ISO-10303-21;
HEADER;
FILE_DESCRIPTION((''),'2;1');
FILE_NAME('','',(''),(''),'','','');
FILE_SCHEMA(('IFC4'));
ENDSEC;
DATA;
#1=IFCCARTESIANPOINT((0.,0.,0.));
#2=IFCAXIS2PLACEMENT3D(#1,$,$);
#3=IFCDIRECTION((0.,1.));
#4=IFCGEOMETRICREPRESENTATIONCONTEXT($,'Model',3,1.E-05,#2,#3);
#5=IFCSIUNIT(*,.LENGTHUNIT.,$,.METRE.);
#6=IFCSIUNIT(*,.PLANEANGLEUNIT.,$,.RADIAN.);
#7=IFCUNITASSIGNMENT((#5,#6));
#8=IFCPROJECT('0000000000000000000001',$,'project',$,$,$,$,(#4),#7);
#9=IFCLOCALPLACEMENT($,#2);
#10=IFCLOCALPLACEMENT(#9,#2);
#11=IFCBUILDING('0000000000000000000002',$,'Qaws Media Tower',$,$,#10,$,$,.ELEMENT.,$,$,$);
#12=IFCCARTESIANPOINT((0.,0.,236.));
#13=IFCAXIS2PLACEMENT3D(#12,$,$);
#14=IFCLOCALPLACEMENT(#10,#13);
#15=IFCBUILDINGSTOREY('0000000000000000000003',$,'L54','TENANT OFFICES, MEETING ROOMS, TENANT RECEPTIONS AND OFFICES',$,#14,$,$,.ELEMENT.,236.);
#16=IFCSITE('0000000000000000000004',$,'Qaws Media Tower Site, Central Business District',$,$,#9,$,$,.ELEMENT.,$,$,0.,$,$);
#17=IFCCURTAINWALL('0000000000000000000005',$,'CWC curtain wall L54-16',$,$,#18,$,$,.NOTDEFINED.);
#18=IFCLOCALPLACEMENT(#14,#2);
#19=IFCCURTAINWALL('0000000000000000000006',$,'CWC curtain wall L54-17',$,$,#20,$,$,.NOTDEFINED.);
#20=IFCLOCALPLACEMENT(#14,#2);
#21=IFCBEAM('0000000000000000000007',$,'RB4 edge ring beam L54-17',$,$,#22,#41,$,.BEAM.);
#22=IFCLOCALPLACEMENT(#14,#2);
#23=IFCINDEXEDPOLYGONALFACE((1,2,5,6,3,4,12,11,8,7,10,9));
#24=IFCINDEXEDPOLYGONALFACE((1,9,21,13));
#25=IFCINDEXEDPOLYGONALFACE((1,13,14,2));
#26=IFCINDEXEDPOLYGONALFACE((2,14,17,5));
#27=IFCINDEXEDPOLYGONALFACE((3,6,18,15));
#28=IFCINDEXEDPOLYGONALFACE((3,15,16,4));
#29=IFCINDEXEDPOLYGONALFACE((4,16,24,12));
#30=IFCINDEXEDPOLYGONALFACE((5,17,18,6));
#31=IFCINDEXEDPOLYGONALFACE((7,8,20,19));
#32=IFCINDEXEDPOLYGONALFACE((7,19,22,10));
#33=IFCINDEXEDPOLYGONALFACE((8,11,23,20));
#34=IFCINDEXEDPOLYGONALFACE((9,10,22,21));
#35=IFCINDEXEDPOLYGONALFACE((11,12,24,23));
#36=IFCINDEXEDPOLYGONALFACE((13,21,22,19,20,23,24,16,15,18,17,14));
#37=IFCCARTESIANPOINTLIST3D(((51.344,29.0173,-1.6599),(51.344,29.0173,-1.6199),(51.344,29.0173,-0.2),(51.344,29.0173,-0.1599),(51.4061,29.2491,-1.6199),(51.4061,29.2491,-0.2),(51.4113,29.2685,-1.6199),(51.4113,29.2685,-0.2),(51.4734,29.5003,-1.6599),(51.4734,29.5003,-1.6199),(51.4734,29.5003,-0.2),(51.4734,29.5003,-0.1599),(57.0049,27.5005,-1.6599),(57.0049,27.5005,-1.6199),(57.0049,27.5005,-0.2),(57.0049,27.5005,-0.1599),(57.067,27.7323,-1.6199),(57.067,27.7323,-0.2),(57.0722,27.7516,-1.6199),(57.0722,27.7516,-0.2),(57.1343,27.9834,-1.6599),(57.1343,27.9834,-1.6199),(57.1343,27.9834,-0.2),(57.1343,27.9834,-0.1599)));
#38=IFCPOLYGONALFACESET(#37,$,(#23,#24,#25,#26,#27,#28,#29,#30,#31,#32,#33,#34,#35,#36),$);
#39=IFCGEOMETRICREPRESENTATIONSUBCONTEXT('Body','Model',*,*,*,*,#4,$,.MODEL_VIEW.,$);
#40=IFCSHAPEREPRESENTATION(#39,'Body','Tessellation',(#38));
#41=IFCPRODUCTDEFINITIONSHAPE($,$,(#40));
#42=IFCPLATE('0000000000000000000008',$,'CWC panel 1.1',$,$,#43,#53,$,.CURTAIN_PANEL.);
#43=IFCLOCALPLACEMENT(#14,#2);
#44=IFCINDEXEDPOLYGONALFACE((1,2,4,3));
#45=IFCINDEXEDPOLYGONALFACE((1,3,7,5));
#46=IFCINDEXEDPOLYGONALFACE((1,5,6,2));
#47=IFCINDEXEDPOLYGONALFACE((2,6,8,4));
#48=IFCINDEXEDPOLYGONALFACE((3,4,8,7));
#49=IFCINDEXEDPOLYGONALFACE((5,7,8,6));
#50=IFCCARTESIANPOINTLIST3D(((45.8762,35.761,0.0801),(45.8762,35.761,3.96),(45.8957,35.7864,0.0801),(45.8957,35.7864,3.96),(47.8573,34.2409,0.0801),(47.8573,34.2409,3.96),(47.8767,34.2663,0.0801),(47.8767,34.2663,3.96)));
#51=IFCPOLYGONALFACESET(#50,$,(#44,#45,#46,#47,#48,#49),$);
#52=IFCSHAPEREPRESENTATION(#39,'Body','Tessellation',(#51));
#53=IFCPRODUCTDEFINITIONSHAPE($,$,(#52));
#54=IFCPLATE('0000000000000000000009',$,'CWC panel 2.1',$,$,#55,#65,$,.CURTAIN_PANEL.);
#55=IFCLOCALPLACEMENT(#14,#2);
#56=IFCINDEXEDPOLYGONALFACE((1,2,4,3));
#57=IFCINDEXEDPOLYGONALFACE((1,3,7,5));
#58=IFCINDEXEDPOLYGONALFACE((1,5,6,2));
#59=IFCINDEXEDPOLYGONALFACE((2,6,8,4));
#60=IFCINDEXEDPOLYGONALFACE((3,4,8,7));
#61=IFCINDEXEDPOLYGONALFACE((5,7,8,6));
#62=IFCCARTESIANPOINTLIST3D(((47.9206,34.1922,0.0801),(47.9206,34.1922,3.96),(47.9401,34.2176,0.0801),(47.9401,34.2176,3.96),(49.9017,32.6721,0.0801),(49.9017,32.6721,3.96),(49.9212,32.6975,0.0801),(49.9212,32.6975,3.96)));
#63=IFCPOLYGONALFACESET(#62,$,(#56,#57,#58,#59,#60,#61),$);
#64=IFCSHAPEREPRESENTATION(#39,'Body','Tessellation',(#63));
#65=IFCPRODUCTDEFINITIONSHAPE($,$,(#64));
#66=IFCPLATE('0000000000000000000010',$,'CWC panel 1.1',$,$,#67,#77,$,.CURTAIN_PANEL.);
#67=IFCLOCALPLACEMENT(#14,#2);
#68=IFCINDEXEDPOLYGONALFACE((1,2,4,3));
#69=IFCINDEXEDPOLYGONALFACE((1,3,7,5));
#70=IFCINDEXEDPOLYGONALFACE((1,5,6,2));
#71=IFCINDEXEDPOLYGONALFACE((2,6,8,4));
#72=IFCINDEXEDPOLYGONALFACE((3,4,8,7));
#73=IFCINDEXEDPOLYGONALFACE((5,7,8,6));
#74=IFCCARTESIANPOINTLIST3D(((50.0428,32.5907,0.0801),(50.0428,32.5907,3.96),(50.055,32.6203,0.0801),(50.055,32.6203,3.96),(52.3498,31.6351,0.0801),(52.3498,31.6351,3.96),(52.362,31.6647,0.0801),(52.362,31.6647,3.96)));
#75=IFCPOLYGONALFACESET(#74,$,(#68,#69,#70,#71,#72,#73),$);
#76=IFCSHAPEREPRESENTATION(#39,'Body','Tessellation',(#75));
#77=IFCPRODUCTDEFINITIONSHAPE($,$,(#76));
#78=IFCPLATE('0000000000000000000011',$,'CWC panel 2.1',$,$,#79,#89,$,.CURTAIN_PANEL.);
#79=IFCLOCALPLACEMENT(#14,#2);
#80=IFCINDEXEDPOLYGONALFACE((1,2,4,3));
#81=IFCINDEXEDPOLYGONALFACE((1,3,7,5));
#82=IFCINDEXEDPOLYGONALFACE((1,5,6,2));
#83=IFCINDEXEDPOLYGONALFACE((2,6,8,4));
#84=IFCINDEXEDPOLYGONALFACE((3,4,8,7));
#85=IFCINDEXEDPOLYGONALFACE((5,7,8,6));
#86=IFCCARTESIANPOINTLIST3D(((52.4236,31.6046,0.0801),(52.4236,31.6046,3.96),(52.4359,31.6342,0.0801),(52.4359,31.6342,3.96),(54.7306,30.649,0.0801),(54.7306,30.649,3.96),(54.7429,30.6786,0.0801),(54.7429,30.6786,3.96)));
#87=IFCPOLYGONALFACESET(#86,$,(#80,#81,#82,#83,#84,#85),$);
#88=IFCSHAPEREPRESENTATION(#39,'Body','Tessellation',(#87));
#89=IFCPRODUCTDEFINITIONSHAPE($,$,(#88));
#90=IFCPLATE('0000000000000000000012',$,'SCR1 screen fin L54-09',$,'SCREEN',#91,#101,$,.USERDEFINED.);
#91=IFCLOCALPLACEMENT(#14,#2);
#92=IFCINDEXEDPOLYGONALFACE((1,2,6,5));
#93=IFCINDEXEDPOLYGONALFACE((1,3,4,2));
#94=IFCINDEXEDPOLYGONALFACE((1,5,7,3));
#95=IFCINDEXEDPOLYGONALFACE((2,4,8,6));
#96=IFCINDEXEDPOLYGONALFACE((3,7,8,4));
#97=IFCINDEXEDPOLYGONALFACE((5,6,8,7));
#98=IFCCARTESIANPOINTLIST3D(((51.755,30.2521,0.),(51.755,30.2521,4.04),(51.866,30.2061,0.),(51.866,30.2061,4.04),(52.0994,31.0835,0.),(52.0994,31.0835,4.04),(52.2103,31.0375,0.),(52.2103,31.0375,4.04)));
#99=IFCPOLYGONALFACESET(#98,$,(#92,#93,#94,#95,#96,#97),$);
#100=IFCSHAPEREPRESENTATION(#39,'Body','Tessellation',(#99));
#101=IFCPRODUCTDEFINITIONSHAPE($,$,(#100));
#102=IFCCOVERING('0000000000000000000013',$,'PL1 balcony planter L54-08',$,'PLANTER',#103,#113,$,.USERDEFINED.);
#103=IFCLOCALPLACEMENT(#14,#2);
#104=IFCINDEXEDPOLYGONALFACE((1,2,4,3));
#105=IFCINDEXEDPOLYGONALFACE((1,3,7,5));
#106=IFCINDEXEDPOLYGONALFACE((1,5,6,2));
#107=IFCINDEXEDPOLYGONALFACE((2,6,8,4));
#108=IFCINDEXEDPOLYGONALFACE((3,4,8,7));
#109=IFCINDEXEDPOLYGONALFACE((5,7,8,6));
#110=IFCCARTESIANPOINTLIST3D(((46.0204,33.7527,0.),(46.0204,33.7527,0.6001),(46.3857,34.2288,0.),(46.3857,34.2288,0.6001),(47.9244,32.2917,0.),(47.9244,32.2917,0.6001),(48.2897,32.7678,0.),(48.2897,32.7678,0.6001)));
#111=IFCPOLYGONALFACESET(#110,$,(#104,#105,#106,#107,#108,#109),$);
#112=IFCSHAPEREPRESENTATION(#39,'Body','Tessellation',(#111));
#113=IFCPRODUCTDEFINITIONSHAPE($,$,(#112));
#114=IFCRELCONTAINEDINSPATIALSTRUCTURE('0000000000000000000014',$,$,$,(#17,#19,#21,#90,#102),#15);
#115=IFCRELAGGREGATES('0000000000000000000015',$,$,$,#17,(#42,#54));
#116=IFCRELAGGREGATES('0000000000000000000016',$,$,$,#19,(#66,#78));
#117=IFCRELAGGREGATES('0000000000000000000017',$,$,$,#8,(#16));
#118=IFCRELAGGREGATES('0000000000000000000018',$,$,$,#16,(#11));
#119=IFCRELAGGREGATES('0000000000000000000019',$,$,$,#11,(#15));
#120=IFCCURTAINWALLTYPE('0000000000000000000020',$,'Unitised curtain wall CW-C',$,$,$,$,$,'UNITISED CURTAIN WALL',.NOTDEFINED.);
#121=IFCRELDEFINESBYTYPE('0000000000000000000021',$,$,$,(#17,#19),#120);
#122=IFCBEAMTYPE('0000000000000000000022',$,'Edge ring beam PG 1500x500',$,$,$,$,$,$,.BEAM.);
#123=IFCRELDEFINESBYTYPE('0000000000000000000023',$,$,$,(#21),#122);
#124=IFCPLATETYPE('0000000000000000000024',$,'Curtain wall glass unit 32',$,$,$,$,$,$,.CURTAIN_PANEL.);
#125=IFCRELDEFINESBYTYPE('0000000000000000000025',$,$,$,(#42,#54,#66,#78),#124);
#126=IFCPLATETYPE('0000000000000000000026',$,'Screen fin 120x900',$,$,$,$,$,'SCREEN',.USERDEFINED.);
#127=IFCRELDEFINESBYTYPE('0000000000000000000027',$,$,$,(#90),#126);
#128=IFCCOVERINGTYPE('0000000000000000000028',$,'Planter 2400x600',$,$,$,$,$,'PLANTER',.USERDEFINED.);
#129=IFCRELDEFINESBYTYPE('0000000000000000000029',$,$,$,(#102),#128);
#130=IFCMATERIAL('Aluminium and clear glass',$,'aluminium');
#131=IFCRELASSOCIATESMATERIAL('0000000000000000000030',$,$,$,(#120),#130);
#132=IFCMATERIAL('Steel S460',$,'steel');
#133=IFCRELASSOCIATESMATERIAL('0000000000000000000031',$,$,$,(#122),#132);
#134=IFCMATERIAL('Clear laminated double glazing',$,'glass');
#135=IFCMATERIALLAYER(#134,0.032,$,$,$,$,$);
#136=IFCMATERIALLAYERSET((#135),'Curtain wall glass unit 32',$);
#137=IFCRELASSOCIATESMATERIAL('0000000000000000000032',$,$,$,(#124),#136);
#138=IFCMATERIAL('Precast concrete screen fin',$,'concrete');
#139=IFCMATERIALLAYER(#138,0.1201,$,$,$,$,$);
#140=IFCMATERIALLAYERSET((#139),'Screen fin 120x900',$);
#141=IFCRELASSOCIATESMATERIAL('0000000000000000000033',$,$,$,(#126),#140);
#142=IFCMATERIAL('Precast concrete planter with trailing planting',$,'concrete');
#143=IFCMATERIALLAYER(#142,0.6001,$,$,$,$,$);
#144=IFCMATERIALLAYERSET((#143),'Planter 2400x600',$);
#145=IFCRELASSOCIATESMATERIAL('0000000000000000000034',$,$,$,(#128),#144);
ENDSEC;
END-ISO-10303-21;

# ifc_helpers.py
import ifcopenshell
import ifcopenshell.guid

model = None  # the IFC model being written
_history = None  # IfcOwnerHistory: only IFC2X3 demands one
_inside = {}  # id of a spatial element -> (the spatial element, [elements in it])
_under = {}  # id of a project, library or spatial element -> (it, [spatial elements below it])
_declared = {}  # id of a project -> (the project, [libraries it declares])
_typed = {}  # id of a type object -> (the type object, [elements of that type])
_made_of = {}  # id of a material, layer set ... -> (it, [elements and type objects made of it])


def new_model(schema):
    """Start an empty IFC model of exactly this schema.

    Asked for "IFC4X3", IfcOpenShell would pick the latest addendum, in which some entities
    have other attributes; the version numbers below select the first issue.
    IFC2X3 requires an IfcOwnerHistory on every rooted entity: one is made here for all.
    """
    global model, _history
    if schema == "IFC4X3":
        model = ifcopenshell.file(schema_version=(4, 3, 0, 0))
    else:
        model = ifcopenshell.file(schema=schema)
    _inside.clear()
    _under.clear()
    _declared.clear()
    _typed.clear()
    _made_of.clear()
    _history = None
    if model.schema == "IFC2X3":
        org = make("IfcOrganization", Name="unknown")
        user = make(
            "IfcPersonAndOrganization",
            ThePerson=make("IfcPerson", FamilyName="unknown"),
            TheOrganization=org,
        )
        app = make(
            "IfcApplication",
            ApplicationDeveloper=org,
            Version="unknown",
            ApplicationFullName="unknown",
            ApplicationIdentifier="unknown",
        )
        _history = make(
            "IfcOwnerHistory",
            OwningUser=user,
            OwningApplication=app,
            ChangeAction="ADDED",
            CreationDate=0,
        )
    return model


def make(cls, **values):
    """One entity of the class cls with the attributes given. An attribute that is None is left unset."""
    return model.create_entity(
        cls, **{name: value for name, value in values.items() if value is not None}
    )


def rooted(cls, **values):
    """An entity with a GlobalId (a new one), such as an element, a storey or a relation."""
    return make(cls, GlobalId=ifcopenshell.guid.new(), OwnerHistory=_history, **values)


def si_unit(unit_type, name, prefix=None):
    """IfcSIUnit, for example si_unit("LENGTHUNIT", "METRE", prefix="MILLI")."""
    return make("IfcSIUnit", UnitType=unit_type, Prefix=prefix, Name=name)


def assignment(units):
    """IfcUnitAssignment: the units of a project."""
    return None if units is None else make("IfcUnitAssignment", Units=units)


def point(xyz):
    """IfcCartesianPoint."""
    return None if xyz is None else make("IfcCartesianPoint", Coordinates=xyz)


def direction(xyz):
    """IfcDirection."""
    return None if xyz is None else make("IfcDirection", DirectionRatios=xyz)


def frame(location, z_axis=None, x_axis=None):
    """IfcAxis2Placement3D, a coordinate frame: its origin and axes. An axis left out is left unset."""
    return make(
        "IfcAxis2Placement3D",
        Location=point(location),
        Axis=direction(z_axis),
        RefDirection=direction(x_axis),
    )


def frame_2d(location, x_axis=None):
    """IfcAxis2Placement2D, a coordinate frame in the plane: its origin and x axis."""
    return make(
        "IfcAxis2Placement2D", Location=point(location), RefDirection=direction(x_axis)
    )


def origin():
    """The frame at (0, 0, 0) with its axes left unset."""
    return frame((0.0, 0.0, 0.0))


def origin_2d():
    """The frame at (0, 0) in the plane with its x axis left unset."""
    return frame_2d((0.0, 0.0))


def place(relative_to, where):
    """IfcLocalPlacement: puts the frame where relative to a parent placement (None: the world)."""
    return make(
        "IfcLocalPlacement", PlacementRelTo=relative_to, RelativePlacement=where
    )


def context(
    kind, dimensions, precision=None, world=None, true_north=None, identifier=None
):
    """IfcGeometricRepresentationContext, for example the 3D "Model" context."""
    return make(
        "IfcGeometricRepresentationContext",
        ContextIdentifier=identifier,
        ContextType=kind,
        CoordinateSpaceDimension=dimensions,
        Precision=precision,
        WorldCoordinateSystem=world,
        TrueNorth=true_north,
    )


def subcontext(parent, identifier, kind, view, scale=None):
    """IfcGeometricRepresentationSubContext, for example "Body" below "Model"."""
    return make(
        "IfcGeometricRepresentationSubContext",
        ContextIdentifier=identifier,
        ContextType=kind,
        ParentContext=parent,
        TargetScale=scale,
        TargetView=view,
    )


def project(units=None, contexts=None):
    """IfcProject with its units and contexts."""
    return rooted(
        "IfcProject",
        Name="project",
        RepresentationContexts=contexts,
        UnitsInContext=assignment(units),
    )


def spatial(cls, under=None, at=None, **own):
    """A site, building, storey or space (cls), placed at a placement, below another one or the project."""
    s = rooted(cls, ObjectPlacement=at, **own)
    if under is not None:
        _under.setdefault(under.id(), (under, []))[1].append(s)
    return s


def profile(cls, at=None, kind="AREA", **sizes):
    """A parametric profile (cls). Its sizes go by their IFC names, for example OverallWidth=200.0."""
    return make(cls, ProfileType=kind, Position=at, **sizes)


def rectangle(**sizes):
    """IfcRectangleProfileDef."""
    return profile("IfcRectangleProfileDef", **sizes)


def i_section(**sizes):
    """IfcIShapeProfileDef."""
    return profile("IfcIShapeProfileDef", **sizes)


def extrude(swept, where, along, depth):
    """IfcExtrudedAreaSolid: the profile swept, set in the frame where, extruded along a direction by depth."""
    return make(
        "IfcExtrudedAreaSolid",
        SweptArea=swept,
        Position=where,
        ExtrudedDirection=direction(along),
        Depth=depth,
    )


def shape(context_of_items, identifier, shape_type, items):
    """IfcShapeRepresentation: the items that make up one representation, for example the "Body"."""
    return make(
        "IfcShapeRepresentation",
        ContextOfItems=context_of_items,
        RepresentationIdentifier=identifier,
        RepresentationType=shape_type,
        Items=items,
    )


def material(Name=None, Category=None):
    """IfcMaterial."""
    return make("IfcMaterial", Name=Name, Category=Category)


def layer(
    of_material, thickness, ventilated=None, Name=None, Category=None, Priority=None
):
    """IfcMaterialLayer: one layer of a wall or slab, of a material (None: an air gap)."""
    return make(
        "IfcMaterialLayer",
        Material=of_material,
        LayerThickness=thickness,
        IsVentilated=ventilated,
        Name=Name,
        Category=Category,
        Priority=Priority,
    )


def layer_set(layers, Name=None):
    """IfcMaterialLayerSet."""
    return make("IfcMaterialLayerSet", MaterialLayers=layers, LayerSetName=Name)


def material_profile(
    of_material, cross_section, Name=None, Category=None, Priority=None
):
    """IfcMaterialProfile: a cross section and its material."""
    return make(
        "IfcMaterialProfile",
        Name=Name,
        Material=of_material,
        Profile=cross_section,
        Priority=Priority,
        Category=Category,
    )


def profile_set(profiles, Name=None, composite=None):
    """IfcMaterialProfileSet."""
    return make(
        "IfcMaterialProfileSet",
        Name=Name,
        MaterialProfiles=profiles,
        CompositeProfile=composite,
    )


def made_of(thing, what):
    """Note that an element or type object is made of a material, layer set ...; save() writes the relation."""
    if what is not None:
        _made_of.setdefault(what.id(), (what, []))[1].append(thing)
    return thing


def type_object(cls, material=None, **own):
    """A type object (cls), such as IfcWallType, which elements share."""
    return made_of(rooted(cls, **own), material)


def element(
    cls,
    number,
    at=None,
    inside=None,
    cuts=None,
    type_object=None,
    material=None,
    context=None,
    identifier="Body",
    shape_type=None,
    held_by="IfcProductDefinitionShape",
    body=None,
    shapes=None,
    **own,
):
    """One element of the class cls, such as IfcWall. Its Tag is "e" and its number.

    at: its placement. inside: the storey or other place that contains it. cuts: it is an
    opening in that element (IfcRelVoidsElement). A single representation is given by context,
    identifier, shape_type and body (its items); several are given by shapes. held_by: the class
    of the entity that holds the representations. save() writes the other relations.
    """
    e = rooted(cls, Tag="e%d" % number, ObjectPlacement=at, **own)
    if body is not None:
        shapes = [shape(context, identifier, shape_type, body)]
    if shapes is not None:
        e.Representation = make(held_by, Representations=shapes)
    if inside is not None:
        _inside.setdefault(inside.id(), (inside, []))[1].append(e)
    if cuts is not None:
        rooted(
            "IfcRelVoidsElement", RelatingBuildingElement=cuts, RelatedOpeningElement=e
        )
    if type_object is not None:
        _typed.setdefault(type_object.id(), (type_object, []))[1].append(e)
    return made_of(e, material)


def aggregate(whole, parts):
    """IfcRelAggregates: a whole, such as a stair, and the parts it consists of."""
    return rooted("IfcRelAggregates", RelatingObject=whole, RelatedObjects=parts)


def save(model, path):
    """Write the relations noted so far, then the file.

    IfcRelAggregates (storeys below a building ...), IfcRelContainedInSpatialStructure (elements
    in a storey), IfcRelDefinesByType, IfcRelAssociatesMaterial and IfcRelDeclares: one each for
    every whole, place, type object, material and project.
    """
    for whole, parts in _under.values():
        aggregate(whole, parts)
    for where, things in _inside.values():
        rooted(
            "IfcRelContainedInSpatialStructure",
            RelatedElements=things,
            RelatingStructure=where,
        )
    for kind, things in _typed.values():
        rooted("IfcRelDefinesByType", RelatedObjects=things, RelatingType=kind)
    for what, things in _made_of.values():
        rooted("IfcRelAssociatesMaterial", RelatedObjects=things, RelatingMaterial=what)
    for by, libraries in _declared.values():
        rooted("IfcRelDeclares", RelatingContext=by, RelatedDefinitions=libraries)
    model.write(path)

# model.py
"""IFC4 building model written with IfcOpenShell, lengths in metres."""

from ifc_helpers import new_model, si_unit, direction, frame, origin, origin_2d, place, context, subcontext, project, spatial, rectangle, i_section, extrude, material, layer, layer_set, material_profile, profile_set, type_object, element, aggregate, save


model = new_model("IFC4")

# Units and contexts
model_context = context("Model", 3, precision=1e-05, world=origin(), true_north=direction((0.0, 1.0)))
body_context = subcontext(model_context, "Body", "Model", "MODEL_VIEW")
ifc_project = project(units=[si_unit("LENGTHUNIT", "METRE"), si_unit("PLANEANGLEUNIT", "RADIAN")], contexts=[model_context])

# Site, building, storey
site_placement = place(None, origin())
site = spatial("IfcSite", under=ifc_project, at=site_placement, Name="Qaws Media Tower Site, Central Business District", CompositionType="ELEMENT", RefElevation=0.0)
building_placement = place(site_placement, origin())
building = spatial("IfcBuilding", under=site, at=building_placement, Name="Qaws Media Tower", CompositionType="ELEMENT")
storey_placement = place(building_placement, frame((0.0, 0.0, 236.0)))
storey = spatial("IfcBuildingStorey", under=building, at=storey_placement, Name="L54", Description="TENANT OFFICES, MEETING ROOMS, TENANT RECEPTIONS AND OFFICES", CompositionType="ELEMENT", Elevation=236.0)

# Curtain walls
ifc_material_1 = material(Name="Aluminium and clear glass", Category="aluminium")
curtain_wall_type = type_object("IfcCurtainWallType", Name="Unitised curtain wall CW-C", ElementType="UNITISED CURTAIN WALL", PredefinedType="NOTDEFINED", material=ifc_material_1)
curtain_wall_1_placement = place(storey_placement, origin())
curtain_wall_1 = element("IfcCurtainWall", 1, at=curtain_wall_1_placement, inside=storey, type_object=curtain_wall_type, Name="CWC curtain wall L54-16", PredefinedType="NOTDEFINED")
curtain_wall_2_placement = place(storey_placement, origin())
curtain_wall_2 = element("IfcCurtainWall", 2, at=curtain_wall_2_placement, inside=storey, type_object=curtain_wall_type, Name="CWC curtain wall L54-17", PredefinedType="NOTDEFINED")

# Beam
ifc_material_2 = material(Name="Steel S460", Category="steel")
ifc_material_profile_1 = material_profile(ifc_material_2, i_section(OverallWidth=0.5, OverallDepth=1.5, WebThickness=0.02, FlangeThickness=0.04, at=origin_2d()), Name="PG 1500x500")
ifc_profile_set_1 = profile_set([ifc_material_profile_1], Name="Steel S460")
beam_type = type_object("IfcBeamType", Name="Edge ring beam PG 1500x500", PredefinedType="BEAM", material=ifc_profile_set_1)
for number, where, z_axis, x_axis, name in (
    (3, (51.4087, 29.2588, -0.9099), (0.965925, -0.258821, 0.0), (0.258821, 0.965925, 0.0), "RB4 edge ring beam L54-17"),
):
    element("IfcBeam", number, at=place(storey_placement, frame(where, z_axis=z_axis, x_axis=x_axis)), inside=storey, type_object=beam_type, Name=name, PredefinedType="BEAM", context=body_context, shape_type="SweptSolid", body=[
        extrude(i_section(OverallWidth=0.5, OverallDepth=1.5, WebThickness=0.02, FlangeThickness=0.04, at=origin_2d()), origin(), (0.0, 0.0, 1.0), 5.8606),
    ])

# Plates
ifc_material_3 = material(Name="Clear laminated double glazing", Category="glass")
ifc_layer_1 = layer(ifc_material_3, 0.032)
ifc_layer_set_1 = layer_set([ifc_layer_1], Name="Curtain wall glass unit 32")
plate_type_1 = type_object("IfcPlateType", Name="Curtain wall glass unit 32", PredefinedType="CURTAIN_PANEL", material=ifc_layer_set_1)
plate_1_placement = place(storey_placement, frame((46.8765, 35.0137, 0.0801), z_axis=(0.0, 0.0, 1.0), x_axis=(0.793353, -0.608761, 0.0)))
plate_1 = element("IfcPlate", 4, at=plate_1_placement, type_object=plate_type_1, Name="CWC panel 1.1", PredefinedType="CURTAIN_PANEL", context=body_context, shape_type="SweptSolid", body=[
    extrude(rectangle(XDim=2.4971, YDim=0.032, at=origin_2d()), origin(), (0.0, 0.0, 1.0), 3.8799),
])
plate_2_placement = place(storey_placement, frame((48.9209, 33.4448, 0.0801), z_axis=(0.0, 0.0, 1.0), x_axis=(0.793353, -0.608761, 0.0)))
plate_2 = element("IfcPlate", 5, at=plate_2_placement, type_object=plate_type_1, Name="CWC panel 2.1", PredefinedType="CURTAIN_PANEL", context=body_context, shape_type="SweptSolid", body=[
    extrude(rectangle(XDim=2.4971, YDim=0.032, at=origin_2d()), origin(), (0.0, 0.0, 1.0), 3.8799),
])
aggregate(curtain_wall_1, [plate_1, plate_2])
plate_3_placement = place(storey_placement, frame((51.2024, 32.1277, 0.0801), z_axis=(0.0, 0.0, 1.0), x_axis=(0.923879, -0.382684, 0.0)))
plate_3 = element("IfcPlate", 6, at=plate_3_placement, type_object=plate_type_1, Name="CWC panel 1.1", PredefinedType="CURTAIN_PANEL", context=body_context, shape_type="SweptSolid", body=[
    extrude(rectangle(XDim=2.4971, YDim=0.032, at=origin_2d()), origin(), (0.0, 0.0, 1.0), 3.8799),
])
plate_4_placement = place(storey_placement, frame((53.5833, 31.1416, 0.0801), z_axis=(0.0, 0.0, 1.0), x_axis=(0.923879, -0.382684, 0.0)))
plate_4 = element("IfcPlate", 7, at=plate_4_placement, type_object=plate_type_1, Name="CWC panel 2.1", PredefinedType="CURTAIN_PANEL", context=body_context, shape_type="SweptSolid", body=[
    extrude(rectangle(XDim=2.4971, YDim=0.032, at=origin_2d()), origin(), (0.0, 0.0, 1.0), 3.8799),
])
aggregate(curtain_wall_2, [plate_3, plate_4])
ifc_material_4 = material(Name="Precast concrete screen fin", Category="concrete")
ifc_layer_2 = layer(ifc_material_4, 0.1201)
ifc_layer_set_2 = layer_set([ifc_layer_2], Name="Screen fin 120x900")
plate_type_2 = type_object("IfcPlateType", Name="Screen fin 120x900", ElementType="SCREEN", PredefinedType="USERDEFINED", material=ifc_layer_set_2)
plate_5_placement = place(storey_placement, frame((51.9827, 30.6448, 0.0), z_axis=(0.0, 0.0, 1.0), x_axis=(-0.382683, -0.92388, 0.0)))
element("IfcPlate", 8, at=plate_5_placement, inside=storey, type_object=plate_type_2, Name="SCR1 screen fin L54-09", ObjectType="SCREEN", PredefinedType="USERDEFINED", context=body_context, shape_type="SweptSolid", body=[
    extrude(rectangle(XDim=0.8999, YDim=0.1201, at=origin_2d()), origin(), (0.0, 0.0, 1.0), 4.04),
])

# Covering
ifc_material_5 = material(Name="Precast concrete planter with trailing planting", Category="concrete")
ifc_layer_3 = layer(ifc_material_5, 0.6001)
ifc_layer_set_3 = layer_set([ifc_layer_3], Name="Planter 2400x600")
covering_type = type_object("IfcCoveringType", Name="Planter 2400x600", ElementType="PLANTER", PredefinedType="USERDEFINED", material=ifc_layer_set_3)
covering_placement = place(storey_placement, frame((47.155, 33.2603, 0.0), z_axis=(0.0, 0.0, 1.0), x_axis=(0.793353, -0.608761, 0.0)))
element("IfcCovering", 9, at=covering_placement, inside=storey, type_object=covering_type, Name="PL1 balcony planter L54-08", ObjectType="PLANTER", PredefinedType="USERDEFINED", context=body_context, shape_type="SweptSolid", body=[
    extrude(rectangle(XDim=2.3999, YDim=0.6001, at=origin_2d()), origin(), (0.0, 0.0, 1.0), 0.6001),
])

save(model, "model.ifc")
